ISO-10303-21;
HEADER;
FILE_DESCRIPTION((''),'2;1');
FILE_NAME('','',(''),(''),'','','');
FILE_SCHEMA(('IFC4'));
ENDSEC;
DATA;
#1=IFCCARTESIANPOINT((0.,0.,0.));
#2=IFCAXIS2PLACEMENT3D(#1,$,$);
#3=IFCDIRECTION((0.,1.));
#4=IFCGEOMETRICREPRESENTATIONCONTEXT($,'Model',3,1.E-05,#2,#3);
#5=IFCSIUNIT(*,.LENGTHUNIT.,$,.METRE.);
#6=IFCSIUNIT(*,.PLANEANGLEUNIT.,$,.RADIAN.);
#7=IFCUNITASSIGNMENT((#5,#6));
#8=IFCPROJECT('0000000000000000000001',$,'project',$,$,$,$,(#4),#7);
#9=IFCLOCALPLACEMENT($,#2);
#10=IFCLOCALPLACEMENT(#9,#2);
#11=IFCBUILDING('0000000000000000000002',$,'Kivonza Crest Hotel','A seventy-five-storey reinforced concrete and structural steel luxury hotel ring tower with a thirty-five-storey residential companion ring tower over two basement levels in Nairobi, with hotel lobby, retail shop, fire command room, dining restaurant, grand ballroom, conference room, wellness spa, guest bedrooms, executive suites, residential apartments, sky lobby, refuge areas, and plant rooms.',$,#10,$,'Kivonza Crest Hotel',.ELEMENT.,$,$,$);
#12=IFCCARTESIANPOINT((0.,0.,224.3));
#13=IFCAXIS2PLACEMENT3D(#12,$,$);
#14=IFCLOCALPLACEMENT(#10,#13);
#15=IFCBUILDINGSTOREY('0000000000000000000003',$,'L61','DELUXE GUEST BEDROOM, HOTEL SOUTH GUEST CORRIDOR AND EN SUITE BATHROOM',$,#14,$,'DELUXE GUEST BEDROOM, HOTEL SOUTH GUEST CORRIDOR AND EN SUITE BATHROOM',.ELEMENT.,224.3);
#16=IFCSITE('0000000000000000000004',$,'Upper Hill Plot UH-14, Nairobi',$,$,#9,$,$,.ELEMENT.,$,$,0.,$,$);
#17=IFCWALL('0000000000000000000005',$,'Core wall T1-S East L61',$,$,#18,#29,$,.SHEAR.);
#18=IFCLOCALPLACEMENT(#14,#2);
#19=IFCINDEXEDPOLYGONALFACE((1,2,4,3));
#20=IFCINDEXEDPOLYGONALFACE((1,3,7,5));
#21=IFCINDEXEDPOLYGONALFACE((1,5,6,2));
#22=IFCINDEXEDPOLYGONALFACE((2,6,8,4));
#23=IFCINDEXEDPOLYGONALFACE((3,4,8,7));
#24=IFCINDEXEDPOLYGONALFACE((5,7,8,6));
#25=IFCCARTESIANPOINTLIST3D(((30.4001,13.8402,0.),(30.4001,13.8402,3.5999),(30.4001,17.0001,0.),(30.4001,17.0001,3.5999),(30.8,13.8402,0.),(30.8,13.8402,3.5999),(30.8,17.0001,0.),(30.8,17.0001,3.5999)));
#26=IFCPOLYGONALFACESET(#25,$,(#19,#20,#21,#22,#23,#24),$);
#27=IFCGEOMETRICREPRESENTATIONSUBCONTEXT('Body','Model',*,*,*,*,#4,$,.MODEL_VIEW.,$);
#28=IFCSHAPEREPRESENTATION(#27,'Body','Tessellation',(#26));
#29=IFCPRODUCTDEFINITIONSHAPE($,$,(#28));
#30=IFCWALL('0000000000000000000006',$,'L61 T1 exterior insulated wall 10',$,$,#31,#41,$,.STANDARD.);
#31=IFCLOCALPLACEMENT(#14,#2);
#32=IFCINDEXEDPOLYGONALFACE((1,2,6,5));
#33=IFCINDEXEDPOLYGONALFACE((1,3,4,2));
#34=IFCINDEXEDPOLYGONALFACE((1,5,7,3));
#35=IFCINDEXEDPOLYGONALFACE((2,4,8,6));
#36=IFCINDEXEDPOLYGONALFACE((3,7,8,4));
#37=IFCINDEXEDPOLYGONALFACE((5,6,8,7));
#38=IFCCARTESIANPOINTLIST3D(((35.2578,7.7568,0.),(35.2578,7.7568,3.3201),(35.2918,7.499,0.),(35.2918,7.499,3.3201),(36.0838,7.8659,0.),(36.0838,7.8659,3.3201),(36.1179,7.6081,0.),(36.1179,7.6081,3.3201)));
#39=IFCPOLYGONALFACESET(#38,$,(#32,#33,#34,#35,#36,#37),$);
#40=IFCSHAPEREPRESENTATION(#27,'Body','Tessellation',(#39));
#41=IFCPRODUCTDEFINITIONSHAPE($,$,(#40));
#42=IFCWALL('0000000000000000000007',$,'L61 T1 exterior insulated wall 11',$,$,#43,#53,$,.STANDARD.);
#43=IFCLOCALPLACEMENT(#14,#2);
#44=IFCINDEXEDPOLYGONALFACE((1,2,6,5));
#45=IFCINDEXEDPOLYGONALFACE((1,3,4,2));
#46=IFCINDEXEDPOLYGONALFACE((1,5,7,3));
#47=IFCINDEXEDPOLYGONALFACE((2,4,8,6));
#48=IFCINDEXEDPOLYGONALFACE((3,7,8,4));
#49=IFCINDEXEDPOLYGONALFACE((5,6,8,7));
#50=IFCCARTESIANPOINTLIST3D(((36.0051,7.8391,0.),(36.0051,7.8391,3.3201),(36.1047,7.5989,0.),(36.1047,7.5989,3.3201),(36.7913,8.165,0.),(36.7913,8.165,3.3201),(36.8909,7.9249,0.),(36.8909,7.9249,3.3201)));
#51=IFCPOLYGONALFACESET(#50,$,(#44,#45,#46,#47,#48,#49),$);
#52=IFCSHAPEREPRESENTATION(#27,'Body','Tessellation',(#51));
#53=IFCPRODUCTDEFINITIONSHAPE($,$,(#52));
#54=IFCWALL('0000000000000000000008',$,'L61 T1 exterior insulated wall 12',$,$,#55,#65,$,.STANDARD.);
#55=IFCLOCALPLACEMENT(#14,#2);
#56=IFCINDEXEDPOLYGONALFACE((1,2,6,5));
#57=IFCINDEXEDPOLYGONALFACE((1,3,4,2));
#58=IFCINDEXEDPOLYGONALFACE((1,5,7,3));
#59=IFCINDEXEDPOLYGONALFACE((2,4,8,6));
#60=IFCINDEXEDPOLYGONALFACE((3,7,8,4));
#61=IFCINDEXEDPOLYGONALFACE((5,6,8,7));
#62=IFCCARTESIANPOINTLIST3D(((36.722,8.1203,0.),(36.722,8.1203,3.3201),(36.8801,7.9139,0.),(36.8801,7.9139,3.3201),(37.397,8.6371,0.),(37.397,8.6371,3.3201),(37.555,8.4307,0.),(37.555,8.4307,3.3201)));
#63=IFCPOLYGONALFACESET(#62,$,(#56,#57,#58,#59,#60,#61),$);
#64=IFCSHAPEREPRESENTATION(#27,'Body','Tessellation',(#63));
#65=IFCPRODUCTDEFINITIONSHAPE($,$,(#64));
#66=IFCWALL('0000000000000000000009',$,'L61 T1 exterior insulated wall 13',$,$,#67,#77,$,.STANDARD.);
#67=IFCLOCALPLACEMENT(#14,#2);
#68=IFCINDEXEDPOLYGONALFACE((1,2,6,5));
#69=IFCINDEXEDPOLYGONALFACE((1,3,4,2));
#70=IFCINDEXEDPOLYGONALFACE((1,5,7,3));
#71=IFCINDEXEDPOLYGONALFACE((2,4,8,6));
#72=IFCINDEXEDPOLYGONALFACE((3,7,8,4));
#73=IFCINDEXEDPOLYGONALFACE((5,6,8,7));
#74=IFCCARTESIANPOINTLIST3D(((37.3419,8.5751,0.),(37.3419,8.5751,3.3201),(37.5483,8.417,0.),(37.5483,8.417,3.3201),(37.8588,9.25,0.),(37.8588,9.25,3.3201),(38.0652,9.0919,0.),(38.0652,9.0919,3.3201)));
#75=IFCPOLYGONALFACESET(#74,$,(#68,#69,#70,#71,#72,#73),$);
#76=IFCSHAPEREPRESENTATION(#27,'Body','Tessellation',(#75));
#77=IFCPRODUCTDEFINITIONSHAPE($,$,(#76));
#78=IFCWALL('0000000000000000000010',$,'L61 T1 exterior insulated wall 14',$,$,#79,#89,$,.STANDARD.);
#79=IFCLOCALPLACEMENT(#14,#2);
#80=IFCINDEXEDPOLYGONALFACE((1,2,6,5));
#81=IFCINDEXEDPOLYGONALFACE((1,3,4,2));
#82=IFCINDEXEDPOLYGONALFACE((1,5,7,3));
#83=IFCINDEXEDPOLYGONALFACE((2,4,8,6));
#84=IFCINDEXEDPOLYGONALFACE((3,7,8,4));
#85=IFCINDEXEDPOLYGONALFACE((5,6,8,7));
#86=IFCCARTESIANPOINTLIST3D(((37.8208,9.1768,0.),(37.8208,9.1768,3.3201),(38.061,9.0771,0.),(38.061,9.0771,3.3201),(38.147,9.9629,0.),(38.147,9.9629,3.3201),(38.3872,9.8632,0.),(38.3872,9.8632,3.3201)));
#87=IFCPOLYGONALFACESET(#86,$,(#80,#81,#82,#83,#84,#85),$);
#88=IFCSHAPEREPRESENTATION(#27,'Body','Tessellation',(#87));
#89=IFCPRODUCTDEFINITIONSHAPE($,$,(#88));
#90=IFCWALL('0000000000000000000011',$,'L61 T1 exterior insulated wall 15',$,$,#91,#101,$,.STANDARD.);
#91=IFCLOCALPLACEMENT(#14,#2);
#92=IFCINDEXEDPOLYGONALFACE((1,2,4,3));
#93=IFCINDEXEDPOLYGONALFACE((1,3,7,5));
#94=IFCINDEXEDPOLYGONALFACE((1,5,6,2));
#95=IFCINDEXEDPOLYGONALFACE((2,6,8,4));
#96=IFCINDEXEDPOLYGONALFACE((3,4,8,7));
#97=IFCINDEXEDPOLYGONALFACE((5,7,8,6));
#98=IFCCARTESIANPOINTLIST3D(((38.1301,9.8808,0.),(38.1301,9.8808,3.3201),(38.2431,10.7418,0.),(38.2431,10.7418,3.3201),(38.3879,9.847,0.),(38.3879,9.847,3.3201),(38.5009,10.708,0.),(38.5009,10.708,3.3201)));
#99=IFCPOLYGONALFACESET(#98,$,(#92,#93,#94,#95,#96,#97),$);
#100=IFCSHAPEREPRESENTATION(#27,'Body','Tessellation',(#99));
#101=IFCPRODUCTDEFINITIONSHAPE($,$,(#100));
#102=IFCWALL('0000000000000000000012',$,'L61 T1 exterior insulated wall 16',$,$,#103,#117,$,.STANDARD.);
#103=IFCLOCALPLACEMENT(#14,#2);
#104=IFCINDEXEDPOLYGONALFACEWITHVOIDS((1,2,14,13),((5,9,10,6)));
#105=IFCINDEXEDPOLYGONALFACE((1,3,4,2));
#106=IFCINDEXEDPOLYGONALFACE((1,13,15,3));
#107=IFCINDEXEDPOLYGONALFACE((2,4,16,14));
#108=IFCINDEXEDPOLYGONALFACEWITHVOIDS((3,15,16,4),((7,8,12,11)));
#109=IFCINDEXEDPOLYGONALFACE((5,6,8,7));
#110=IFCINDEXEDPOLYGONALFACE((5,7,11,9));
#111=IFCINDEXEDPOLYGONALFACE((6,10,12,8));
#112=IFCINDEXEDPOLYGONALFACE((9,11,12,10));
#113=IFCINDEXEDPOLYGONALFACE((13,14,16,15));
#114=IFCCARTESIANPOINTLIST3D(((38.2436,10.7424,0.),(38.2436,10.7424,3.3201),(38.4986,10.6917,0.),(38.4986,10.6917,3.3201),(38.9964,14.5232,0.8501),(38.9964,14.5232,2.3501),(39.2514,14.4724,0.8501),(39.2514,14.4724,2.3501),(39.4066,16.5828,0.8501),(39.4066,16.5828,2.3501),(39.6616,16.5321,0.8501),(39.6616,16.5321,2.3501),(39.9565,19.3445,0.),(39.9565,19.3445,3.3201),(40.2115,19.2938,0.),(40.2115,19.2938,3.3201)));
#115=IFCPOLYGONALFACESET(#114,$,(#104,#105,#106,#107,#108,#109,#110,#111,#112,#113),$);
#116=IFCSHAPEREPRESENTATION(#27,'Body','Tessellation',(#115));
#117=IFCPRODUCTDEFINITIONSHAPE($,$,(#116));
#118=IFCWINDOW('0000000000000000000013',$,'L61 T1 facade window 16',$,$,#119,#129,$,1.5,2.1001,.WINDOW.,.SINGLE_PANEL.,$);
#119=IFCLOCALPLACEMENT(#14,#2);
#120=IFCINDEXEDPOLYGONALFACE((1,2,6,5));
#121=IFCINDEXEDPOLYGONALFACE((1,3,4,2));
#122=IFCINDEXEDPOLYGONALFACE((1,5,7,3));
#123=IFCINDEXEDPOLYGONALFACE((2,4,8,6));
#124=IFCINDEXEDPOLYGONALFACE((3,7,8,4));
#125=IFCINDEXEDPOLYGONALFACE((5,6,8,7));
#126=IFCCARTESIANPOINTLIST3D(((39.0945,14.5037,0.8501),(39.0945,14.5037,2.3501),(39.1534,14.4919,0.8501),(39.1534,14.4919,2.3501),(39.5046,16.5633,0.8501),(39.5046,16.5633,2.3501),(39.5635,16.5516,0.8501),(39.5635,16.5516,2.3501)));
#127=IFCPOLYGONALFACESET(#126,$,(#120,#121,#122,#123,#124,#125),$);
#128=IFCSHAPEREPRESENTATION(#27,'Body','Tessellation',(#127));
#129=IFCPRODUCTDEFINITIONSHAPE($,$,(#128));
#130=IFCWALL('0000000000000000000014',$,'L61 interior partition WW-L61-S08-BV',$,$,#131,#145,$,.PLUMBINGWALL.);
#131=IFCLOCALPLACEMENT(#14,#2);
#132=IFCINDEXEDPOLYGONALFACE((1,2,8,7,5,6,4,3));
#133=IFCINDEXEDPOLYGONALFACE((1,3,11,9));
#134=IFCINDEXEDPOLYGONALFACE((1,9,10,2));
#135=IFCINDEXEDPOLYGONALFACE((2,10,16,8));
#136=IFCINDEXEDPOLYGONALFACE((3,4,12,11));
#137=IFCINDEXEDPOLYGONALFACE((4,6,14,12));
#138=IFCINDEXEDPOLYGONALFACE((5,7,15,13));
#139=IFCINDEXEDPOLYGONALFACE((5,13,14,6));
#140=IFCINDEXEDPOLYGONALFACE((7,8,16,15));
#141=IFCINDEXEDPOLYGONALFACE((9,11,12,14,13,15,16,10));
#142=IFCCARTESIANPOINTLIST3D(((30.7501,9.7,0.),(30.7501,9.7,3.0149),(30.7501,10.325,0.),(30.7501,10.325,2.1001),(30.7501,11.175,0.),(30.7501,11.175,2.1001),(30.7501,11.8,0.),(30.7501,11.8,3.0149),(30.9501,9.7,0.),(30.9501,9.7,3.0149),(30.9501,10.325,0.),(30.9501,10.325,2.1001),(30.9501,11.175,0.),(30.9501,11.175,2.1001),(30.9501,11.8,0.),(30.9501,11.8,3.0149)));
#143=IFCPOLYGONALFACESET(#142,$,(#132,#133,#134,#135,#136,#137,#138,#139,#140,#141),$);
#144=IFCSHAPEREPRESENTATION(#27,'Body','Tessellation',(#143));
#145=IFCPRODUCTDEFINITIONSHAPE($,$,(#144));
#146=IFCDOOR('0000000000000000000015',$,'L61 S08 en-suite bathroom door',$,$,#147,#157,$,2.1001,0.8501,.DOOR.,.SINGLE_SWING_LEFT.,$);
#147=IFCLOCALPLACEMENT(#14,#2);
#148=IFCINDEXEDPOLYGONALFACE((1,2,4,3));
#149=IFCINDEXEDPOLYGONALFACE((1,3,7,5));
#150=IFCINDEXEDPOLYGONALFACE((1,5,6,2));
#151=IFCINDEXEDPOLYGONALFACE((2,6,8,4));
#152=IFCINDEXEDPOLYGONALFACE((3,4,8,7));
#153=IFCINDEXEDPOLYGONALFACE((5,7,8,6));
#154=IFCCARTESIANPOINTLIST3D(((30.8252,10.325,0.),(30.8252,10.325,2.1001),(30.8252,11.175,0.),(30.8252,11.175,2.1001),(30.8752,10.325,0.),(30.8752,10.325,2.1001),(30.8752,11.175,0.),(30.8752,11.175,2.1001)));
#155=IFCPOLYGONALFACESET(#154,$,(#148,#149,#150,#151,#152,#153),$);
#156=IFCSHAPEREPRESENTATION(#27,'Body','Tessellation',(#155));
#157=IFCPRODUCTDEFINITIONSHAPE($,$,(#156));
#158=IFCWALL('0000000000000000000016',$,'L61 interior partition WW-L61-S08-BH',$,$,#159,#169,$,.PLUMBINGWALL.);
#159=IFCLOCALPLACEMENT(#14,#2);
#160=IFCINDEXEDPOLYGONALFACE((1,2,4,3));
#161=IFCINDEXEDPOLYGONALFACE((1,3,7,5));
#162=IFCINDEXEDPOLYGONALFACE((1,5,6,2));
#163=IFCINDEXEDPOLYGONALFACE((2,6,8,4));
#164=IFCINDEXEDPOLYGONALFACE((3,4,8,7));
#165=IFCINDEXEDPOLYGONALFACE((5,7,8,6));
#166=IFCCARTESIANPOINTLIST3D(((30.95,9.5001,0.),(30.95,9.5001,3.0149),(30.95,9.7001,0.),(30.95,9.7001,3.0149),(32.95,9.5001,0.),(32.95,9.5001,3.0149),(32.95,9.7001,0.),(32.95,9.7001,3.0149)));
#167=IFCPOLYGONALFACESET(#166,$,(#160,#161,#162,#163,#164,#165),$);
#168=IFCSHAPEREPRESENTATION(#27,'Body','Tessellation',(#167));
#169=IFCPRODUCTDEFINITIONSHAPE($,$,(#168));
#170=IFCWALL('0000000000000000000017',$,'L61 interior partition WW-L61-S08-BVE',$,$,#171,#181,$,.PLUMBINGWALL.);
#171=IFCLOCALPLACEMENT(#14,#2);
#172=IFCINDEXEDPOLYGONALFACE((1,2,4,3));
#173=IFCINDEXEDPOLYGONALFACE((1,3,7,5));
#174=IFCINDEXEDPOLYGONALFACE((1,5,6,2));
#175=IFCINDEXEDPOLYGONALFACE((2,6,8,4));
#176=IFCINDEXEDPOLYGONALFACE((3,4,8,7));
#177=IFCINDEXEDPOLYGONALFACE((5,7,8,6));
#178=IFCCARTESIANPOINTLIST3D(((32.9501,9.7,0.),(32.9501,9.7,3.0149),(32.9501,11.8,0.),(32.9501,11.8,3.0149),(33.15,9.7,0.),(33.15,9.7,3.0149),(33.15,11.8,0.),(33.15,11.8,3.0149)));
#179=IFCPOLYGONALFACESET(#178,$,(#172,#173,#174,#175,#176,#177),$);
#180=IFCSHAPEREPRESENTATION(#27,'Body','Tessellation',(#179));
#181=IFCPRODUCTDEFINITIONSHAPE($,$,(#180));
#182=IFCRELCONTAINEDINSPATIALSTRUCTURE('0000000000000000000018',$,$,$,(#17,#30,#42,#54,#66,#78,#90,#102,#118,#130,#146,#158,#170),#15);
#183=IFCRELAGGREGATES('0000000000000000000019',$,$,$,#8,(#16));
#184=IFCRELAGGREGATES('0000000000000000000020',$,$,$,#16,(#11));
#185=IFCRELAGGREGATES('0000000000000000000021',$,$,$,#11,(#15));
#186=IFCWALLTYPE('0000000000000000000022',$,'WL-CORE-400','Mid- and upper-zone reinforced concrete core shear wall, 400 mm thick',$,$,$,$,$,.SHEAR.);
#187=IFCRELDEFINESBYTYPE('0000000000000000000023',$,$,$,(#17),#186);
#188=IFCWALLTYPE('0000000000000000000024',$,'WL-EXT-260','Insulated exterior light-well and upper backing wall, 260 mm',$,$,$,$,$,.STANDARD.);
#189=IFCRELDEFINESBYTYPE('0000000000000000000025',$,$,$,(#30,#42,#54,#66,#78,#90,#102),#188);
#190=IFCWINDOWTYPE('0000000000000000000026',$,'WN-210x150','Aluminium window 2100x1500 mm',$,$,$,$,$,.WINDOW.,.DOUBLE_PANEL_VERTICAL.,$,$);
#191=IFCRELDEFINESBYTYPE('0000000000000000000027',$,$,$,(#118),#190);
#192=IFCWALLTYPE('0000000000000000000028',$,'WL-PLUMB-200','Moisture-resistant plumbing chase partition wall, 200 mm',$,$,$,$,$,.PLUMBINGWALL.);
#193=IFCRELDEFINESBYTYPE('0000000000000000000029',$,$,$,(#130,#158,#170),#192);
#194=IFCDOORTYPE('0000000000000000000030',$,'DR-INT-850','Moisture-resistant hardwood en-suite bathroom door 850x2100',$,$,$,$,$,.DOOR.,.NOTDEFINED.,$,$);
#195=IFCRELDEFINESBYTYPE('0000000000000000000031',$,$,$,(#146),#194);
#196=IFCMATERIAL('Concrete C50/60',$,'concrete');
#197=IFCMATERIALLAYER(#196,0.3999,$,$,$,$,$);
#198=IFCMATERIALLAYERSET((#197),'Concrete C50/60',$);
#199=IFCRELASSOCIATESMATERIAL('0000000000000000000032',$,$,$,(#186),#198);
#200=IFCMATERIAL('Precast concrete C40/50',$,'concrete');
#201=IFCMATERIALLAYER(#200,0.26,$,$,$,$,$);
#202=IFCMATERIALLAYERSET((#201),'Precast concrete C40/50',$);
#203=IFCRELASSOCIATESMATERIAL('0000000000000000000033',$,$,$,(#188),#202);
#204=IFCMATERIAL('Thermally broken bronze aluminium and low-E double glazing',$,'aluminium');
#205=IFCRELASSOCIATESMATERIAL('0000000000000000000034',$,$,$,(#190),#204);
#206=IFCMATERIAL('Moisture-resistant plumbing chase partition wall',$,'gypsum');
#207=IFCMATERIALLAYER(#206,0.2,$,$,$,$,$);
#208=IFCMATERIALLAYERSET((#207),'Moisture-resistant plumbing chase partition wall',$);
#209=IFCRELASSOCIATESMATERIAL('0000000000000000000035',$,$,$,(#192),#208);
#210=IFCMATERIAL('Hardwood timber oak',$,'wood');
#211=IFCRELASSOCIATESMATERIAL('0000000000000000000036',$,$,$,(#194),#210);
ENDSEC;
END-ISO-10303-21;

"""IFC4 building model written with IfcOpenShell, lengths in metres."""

from ifc_helpers import new_model, si_unit, direction, frame, frame_2d, origin, place, context, subcontext, project, spatial, rectangle, extrude, material, layer, layer_set, type_object, element, fill, save


model = new_model("IFC4")

# Units and contexts
model_context = context("Model", 3, precision=1e-05, world=origin(), true_north=direction((0.0, 1.0)))
body_context = subcontext(model_context, "Body", "Model", "MODEL_VIEW")
ifc_project = project(units=[si_unit("LENGTHUNIT", "METRE"), si_unit("PLANEANGLEUNIT", "RADIAN")], contexts=[model_context])

# Site, building, storey
site_placement = place(None, origin())
site = spatial("IfcSite", under=ifc_project, at=site_placement, Name="Upper Hill Plot UH-14, Nairobi", CompositionType="ELEMENT", RefElevation=0.0)
building_placement = place(site_placement, origin())
building = spatial("IfcBuilding", under=site, at=building_placement, Name="Kivonza Crest Hotel", Description="A seventy-five-storey reinforced concrete and structural steel luxury hotel ring tower with a thirty-five-storey residential companion ring tower over two basement levels in Nairobi, with hotel lobby, retail shop, fire command room, dining restaurant, grand ballroom, conference room, wellness spa, guest bedrooms, executive suites, residential apartments, sky lobby, refuge areas, and plant rooms.", LongName="Kivonza Crest Hotel", CompositionType="ELEMENT")
storey_placement = place(building_placement, frame((0.0, 0.0, 224.3)))
storey = spatial("IfcBuildingStorey", under=building, at=storey_placement, Name="L61", Description="DELUXE GUEST BEDROOM, HOTEL SOUTH GUEST CORRIDOR AND EN SUITE BATHROOM", LongName="DELUXE GUEST BEDROOM, HOTEL SOUTH GUEST CORRIDOR AND EN SUITE BATHROOM", CompositionType="ELEMENT", Elevation=224.3)

# Shared definitions
ifc_material_1 = material(Name="Concrete C50/60", Category="concrete")

# Shared definitions
ifc_material_2 = material(Name="Hardwood timber oak", Category="wood")

# Walls
ifc_layer_1 = layer(ifc_material_1, 0.3999)
ifc_layer_set_1 = layer_set([ifc_layer_1], Name="Concrete C50/60")
wall_type_1 = type_object("IfcWallType", Name="WL-CORE-400", Description="Mid- and upper-zone reinforced concrete core shear wall, 400 mm thick", PredefinedType="SHEAR", material=ifc_layer_set_1)
wall_1_placement = place(storey_placement, frame((30.6001, 13.8401, 0.0), z_axis=(0.0, 0.0, 1.0), x_axis=(0.0, 1.0, 0.0)))
element("IfcWall", 1, at=wall_1_placement, inside=storey, type_object=wall_type_1, Name="Core wall T1-S East L61", PredefinedType="SHEAR", context=body_context, shape_type="SweptSolid", body=[
    extrude(rectangle(XDim=3.1599, YDim=0.3999, at=frame_2d((1.5801, 0.0))), origin(), (0.0, 0.0, 1.0), 3.5999),
])
ifc_material_3 = material(Name="Precast concrete C40/50", Category="concrete")
ifc_layer_2 = layer(ifc_material_3, 0.26)
ifc_layer_set_2 = layer_set([ifc_layer_2], Name="Precast concrete C40/50")
wall_type_2 = type_object("IfcWallType", Name="WL-EXT-260", Description="Insulated exterior light-well and upper backing wall, 260 mm", PredefinedType="STANDARD", material=ifc_layer_set_2)
wall_2_placement = place(storey_placement, frame((35.2749, 7.6279, 0.0), z_axis=(0.0, 0.0, 1.0), x_axis=(0.991388, 0.130955, 0.0)))
element("IfcWall", 2, at=wall_2_placement, inside=storey, type_object=wall_type_2, Name="L61 T1 exterior insulated wall 10", PredefinedType="STANDARD", context=body_context, shape_type="SweptSolid", body=[
    extrude(rectangle(XDim=0.8333, YDim=0.26, at=frame_2d((0.4165, 0.0))), origin(), (0.0, 0.0, 1.0), 3.3201),
])
wall_3_placement = place(storey_placement, frame((36.0549, 7.719, 0.0), z_axis=(0.0, 0.0, 1.0), x_axis=(0.923754, 0.382985, 0.0)))
element("IfcWall", 3, at=wall_3_placement, inside=storey, type_object=wall_type_2, Name="L61 T1 exterior insulated wall 11", PredefinedType="STANDARD", context=body_context, shape_type="SweptSolid", body=[
    extrude(rectangle(XDim=0.8511, YDim=0.26, at=frame_2d((0.4255, 0.0))), origin(), (0.0, 0.0, 1.0), 3.3201),
])
for number, where, z_axis, x_axis, name in (
    (4, (36.801, 8.0171, 0.0), (0.0, 0.0, 1.0), (0.793999, 0.607919, 0.0), "L61 T1 exterior insulated wall 12"),
    (5, (37.4451, 8.4961, 0.0), (0.0, 0.0, 1.0), (0.608058, 0.793893, 0.0), "L61 T1 exterior insulated wall 13"),
):
    element("IfcWall", number, at=place(storey_placement, frame(where, z_axis=z_axis, x_axis=x_axis)), inside=storey, type_object=wall_type_2, Name=name, PredefinedType="STANDARD", context=body_context, shape_type="SweptSolid", body=[
        extrude(rectangle(XDim=0.8501, YDim=0.26, at=frame_2d((0.425, 0.0))), origin(), (0.0, 0.0, 1.0), 3.3201),
    ])
wall_4_placement = place(storey_placement, frame((37.9409, 9.127, 0.0), z_axis=(0.0, 0.0, 1.0), x_axis=(0.38323, 0.923653, 0.0)))
element("IfcWall", 6, at=wall_4_placement, inside=storey, type_object=wall_type_2, Name="L61 T1 exterior insulated wall 14", PredefinedType="STANDARD", context=body_context, shape_type="SweptSolid", body=[
    extrude(rectangle(XDim=0.8511, YDim=0.26, at=frame_2d((0.4255, 0.0))), origin(), (0.0, 0.0, 1.0), 3.3201),
])
wall_5_placement = place(storey_placement, frame((38.259, 9.864, 0.0), z_axis=(0.0, 0.0, 1.0), x_axis=(0.130156, 0.991493, 0.0)))
element("IfcWall", 7, at=wall_5_placement, inside=storey, type_object=wall_type_2, Name="L61 T1 exterior insulated wall 15", PredefinedType="STANDARD", context=body_context, shape_type="SweptSolid", body=[
    extrude(rectangle(XDim=0.8684, YDim=0.26, at=frame_2d((0.4341, 0.0))), origin(), (0.0, 0.0, 1.0), 3.3201),
])

# Wall, opening, window
wall_6_placement = place(storey_placement, frame((38.3711, 10.717, 0.0), z_axis=(0.0, 0.0, 1.0), x_axis=(0.195292, 0.980745, 0.0)))
wall_6 = element("IfcWall", 8, at=wall_6_placement, inside=storey, type_object=wall_type_2, Name="L61 T1 exterior insulated wall 16", PredefinedType="STANDARD", context=body_context, shape_type="SweptSolid", body=[
    extrude(rectangle(XDim=8.771, YDim=0.26, at=frame_2d((4.3855, 0.0))), origin(), (0.0, 0.0, 1.0), 3.3201),
])
opening_1_placement = place(wall_6_placement, frame((3.855, 0.0, 0.8501)))
opening_1 = element("IfcOpeningElement", 9, at=opening_1_placement, cuts=wall_6, PredefinedType="OPENING", context=body_context, shape_type="SweptSolid", body=[
    extrude(rectangle(XDim=2.1001, YDim=1.5, at=frame_2d((1.05, 0.75))), frame((0.0, 0.1401, 0.0), z_axis=(0.0, -1.0, 0.0), x_axis=(1.0, 0.0, 0.0)), (0.0, 0.0, 1.0), 0.28),
])
ifc_material_4 = material(Name="Thermally broken bronze aluminium and low-E double glazing", Category="aluminium")
window_type = type_object("IfcWindowType", Name="WN-210x150", Description="Aluminium window 2100x1500 mm", PartitioningType="DOUBLE_PANEL_VERTICAL", PredefinedType="WINDOW", material=ifc_material_4)
window_placement = place(opening_1_placement, origin())
window = element("IfcWindow", 10, at=window_placement, inside=storey, type_object=window_type, Name="L61 T1 facade window 16", OverallHeight=1.5, OverallWidth=2.1001, PartitioningType="SINGLE_PANEL", PredefinedType="WINDOW", context=body_context, shape_type="SweptSolid", body=[
    extrude(rectangle(XDim=2.1001, YDim=1.5, at=frame_2d((1.05, 0.75))), frame((0.0, 0.03, 0.0), z_axis=(0.0, -1.0, 0.0), x_axis=(1.0, 0.0, 0.0)), (0.0, 0.0, 1.0), 0.0601),
])
fill(opening_1, window)

# Wall, opening, door
ifc_material_5 = material(Name="Moisture-resistant plumbing chase partition wall", Category="gypsum")
ifc_layer_3 = layer(ifc_material_5, 0.2)
ifc_layer_set_3 = layer_set([ifc_layer_3], Name="Moisture-resistant plumbing chase partition wall")
wall_type_3 = type_object("IfcWallType", Name="WL-PLUMB-200", Description="Moisture-resistant plumbing chase partition wall, 200 mm", PredefinedType="PLUMBINGWALL", material=ifc_layer_set_3)
wall_7_placement = place(storey_placement, frame((30.8501, 9.7, 0.0), z_axis=(0.0, 0.0, 1.0), x_axis=(0.0, 1.0, 0.0)))
wall_7 = element("IfcWall", 11, at=wall_7_placement, inside=storey, type_object=wall_type_3, Name="L61 interior partition WW-L61-S08-BV", PredefinedType="PLUMBINGWALL", context=body_context, shape_type="SweptSolid", body=[
    extrude(rectangle(XDim=2.1001, YDim=0.2, at=frame_2d((1.05, 0.0))), origin(), (0.0, 0.0, 1.0), 3.0149),
])
opening_2_placement = place(wall_7_placement, frame((0.625, 0.0, 0.0)))
opening_2 = element("IfcOpeningElement", 12, at=opening_2_placement, cuts=wall_7, PredefinedType="OPENING", context=body_context, shape_type="SweptSolid", body=[
    extrude(rectangle(XDim=0.8501, YDim=2.1001, at=frame_2d((0.425, 1.05))), frame((0.0, 0.1099, 0.0), z_axis=(0.0, -1.0, 0.0), x_axis=(1.0, 0.0, 0.0)), (0.0, 0.0, 1.0), 0.22),
])
door_type_1 = type_object("IfcDoorType", Name="DR-INT-850", Description="Moisture-resistant hardwood en-suite bathroom door 850x2100", OperationType="NOTDEFINED", PredefinedType="DOOR", material=ifc_material_2)
door_1_placement = place(opening_2_placement, origin())
door_1 = element("IfcDoor", 13, at=door_1_placement, inside=storey, type_object=door_type_1, Name="L61 S08 en-suite bathroom door", OperationType="SINGLE_SWING_LEFT", OverallHeight=2.1001, OverallWidth=0.8501, PredefinedType="DOOR", context=body_context, shape_type="SweptSolid", body=[
    extrude(rectangle(XDim=0.8501, YDim=2.1001, at=frame_2d((0.425, 1.05))), frame((0.0, 0.0249, 0.0), z_axis=(0.0, -1.0, 0.0), x_axis=(1.0, 0.0, 0.0)), (0.0, 0.0, 1.0), 0.05),
])
fill(opening_2, door_1)

# Walls
wall_8_placement = place(storey_placement, frame((30.95, 9.6001, 0.0), z_axis=(0.0, 0.0, 1.0), x_axis=(1.0, 0.0, 0.0)))
element("IfcWall", 14, at=wall_8_placement, inside=storey, type_object=wall_type_3, Name="L61 interior partition WW-L61-S08-BH", PredefinedType="PLUMBINGWALL", context=body_context, shape_type="SweptSolid", body=[
    extrude(rectangle(XDim=2.0, YDim=0.2, at=frame_2d((1.0, 0.0))), origin(), (0.0, 0.0, 1.0), 3.0149),
])
wall_9_placement = place(storey_placement, frame((33.05, 9.7, 0.0), z_axis=(0.0, 0.0, 1.0), x_axis=(0.0, 1.0, 0.0)))
element("IfcWall", 15, at=wall_9_placement, inside=storey, type_object=wall_type_3, Name="L61 interior partition WW-L61-S08-BVE", PredefinedType="PLUMBINGWALL", context=body_context, shape_type="SweptSolid", body=[
    extrude(rectangle(XDim=2.1001, YDim=0.2, at=frame_2d((1.05, 0.0))), origin(), (0.0, 0.0, 1.0), 3.0149),
])

save(model, "model.ifc")
